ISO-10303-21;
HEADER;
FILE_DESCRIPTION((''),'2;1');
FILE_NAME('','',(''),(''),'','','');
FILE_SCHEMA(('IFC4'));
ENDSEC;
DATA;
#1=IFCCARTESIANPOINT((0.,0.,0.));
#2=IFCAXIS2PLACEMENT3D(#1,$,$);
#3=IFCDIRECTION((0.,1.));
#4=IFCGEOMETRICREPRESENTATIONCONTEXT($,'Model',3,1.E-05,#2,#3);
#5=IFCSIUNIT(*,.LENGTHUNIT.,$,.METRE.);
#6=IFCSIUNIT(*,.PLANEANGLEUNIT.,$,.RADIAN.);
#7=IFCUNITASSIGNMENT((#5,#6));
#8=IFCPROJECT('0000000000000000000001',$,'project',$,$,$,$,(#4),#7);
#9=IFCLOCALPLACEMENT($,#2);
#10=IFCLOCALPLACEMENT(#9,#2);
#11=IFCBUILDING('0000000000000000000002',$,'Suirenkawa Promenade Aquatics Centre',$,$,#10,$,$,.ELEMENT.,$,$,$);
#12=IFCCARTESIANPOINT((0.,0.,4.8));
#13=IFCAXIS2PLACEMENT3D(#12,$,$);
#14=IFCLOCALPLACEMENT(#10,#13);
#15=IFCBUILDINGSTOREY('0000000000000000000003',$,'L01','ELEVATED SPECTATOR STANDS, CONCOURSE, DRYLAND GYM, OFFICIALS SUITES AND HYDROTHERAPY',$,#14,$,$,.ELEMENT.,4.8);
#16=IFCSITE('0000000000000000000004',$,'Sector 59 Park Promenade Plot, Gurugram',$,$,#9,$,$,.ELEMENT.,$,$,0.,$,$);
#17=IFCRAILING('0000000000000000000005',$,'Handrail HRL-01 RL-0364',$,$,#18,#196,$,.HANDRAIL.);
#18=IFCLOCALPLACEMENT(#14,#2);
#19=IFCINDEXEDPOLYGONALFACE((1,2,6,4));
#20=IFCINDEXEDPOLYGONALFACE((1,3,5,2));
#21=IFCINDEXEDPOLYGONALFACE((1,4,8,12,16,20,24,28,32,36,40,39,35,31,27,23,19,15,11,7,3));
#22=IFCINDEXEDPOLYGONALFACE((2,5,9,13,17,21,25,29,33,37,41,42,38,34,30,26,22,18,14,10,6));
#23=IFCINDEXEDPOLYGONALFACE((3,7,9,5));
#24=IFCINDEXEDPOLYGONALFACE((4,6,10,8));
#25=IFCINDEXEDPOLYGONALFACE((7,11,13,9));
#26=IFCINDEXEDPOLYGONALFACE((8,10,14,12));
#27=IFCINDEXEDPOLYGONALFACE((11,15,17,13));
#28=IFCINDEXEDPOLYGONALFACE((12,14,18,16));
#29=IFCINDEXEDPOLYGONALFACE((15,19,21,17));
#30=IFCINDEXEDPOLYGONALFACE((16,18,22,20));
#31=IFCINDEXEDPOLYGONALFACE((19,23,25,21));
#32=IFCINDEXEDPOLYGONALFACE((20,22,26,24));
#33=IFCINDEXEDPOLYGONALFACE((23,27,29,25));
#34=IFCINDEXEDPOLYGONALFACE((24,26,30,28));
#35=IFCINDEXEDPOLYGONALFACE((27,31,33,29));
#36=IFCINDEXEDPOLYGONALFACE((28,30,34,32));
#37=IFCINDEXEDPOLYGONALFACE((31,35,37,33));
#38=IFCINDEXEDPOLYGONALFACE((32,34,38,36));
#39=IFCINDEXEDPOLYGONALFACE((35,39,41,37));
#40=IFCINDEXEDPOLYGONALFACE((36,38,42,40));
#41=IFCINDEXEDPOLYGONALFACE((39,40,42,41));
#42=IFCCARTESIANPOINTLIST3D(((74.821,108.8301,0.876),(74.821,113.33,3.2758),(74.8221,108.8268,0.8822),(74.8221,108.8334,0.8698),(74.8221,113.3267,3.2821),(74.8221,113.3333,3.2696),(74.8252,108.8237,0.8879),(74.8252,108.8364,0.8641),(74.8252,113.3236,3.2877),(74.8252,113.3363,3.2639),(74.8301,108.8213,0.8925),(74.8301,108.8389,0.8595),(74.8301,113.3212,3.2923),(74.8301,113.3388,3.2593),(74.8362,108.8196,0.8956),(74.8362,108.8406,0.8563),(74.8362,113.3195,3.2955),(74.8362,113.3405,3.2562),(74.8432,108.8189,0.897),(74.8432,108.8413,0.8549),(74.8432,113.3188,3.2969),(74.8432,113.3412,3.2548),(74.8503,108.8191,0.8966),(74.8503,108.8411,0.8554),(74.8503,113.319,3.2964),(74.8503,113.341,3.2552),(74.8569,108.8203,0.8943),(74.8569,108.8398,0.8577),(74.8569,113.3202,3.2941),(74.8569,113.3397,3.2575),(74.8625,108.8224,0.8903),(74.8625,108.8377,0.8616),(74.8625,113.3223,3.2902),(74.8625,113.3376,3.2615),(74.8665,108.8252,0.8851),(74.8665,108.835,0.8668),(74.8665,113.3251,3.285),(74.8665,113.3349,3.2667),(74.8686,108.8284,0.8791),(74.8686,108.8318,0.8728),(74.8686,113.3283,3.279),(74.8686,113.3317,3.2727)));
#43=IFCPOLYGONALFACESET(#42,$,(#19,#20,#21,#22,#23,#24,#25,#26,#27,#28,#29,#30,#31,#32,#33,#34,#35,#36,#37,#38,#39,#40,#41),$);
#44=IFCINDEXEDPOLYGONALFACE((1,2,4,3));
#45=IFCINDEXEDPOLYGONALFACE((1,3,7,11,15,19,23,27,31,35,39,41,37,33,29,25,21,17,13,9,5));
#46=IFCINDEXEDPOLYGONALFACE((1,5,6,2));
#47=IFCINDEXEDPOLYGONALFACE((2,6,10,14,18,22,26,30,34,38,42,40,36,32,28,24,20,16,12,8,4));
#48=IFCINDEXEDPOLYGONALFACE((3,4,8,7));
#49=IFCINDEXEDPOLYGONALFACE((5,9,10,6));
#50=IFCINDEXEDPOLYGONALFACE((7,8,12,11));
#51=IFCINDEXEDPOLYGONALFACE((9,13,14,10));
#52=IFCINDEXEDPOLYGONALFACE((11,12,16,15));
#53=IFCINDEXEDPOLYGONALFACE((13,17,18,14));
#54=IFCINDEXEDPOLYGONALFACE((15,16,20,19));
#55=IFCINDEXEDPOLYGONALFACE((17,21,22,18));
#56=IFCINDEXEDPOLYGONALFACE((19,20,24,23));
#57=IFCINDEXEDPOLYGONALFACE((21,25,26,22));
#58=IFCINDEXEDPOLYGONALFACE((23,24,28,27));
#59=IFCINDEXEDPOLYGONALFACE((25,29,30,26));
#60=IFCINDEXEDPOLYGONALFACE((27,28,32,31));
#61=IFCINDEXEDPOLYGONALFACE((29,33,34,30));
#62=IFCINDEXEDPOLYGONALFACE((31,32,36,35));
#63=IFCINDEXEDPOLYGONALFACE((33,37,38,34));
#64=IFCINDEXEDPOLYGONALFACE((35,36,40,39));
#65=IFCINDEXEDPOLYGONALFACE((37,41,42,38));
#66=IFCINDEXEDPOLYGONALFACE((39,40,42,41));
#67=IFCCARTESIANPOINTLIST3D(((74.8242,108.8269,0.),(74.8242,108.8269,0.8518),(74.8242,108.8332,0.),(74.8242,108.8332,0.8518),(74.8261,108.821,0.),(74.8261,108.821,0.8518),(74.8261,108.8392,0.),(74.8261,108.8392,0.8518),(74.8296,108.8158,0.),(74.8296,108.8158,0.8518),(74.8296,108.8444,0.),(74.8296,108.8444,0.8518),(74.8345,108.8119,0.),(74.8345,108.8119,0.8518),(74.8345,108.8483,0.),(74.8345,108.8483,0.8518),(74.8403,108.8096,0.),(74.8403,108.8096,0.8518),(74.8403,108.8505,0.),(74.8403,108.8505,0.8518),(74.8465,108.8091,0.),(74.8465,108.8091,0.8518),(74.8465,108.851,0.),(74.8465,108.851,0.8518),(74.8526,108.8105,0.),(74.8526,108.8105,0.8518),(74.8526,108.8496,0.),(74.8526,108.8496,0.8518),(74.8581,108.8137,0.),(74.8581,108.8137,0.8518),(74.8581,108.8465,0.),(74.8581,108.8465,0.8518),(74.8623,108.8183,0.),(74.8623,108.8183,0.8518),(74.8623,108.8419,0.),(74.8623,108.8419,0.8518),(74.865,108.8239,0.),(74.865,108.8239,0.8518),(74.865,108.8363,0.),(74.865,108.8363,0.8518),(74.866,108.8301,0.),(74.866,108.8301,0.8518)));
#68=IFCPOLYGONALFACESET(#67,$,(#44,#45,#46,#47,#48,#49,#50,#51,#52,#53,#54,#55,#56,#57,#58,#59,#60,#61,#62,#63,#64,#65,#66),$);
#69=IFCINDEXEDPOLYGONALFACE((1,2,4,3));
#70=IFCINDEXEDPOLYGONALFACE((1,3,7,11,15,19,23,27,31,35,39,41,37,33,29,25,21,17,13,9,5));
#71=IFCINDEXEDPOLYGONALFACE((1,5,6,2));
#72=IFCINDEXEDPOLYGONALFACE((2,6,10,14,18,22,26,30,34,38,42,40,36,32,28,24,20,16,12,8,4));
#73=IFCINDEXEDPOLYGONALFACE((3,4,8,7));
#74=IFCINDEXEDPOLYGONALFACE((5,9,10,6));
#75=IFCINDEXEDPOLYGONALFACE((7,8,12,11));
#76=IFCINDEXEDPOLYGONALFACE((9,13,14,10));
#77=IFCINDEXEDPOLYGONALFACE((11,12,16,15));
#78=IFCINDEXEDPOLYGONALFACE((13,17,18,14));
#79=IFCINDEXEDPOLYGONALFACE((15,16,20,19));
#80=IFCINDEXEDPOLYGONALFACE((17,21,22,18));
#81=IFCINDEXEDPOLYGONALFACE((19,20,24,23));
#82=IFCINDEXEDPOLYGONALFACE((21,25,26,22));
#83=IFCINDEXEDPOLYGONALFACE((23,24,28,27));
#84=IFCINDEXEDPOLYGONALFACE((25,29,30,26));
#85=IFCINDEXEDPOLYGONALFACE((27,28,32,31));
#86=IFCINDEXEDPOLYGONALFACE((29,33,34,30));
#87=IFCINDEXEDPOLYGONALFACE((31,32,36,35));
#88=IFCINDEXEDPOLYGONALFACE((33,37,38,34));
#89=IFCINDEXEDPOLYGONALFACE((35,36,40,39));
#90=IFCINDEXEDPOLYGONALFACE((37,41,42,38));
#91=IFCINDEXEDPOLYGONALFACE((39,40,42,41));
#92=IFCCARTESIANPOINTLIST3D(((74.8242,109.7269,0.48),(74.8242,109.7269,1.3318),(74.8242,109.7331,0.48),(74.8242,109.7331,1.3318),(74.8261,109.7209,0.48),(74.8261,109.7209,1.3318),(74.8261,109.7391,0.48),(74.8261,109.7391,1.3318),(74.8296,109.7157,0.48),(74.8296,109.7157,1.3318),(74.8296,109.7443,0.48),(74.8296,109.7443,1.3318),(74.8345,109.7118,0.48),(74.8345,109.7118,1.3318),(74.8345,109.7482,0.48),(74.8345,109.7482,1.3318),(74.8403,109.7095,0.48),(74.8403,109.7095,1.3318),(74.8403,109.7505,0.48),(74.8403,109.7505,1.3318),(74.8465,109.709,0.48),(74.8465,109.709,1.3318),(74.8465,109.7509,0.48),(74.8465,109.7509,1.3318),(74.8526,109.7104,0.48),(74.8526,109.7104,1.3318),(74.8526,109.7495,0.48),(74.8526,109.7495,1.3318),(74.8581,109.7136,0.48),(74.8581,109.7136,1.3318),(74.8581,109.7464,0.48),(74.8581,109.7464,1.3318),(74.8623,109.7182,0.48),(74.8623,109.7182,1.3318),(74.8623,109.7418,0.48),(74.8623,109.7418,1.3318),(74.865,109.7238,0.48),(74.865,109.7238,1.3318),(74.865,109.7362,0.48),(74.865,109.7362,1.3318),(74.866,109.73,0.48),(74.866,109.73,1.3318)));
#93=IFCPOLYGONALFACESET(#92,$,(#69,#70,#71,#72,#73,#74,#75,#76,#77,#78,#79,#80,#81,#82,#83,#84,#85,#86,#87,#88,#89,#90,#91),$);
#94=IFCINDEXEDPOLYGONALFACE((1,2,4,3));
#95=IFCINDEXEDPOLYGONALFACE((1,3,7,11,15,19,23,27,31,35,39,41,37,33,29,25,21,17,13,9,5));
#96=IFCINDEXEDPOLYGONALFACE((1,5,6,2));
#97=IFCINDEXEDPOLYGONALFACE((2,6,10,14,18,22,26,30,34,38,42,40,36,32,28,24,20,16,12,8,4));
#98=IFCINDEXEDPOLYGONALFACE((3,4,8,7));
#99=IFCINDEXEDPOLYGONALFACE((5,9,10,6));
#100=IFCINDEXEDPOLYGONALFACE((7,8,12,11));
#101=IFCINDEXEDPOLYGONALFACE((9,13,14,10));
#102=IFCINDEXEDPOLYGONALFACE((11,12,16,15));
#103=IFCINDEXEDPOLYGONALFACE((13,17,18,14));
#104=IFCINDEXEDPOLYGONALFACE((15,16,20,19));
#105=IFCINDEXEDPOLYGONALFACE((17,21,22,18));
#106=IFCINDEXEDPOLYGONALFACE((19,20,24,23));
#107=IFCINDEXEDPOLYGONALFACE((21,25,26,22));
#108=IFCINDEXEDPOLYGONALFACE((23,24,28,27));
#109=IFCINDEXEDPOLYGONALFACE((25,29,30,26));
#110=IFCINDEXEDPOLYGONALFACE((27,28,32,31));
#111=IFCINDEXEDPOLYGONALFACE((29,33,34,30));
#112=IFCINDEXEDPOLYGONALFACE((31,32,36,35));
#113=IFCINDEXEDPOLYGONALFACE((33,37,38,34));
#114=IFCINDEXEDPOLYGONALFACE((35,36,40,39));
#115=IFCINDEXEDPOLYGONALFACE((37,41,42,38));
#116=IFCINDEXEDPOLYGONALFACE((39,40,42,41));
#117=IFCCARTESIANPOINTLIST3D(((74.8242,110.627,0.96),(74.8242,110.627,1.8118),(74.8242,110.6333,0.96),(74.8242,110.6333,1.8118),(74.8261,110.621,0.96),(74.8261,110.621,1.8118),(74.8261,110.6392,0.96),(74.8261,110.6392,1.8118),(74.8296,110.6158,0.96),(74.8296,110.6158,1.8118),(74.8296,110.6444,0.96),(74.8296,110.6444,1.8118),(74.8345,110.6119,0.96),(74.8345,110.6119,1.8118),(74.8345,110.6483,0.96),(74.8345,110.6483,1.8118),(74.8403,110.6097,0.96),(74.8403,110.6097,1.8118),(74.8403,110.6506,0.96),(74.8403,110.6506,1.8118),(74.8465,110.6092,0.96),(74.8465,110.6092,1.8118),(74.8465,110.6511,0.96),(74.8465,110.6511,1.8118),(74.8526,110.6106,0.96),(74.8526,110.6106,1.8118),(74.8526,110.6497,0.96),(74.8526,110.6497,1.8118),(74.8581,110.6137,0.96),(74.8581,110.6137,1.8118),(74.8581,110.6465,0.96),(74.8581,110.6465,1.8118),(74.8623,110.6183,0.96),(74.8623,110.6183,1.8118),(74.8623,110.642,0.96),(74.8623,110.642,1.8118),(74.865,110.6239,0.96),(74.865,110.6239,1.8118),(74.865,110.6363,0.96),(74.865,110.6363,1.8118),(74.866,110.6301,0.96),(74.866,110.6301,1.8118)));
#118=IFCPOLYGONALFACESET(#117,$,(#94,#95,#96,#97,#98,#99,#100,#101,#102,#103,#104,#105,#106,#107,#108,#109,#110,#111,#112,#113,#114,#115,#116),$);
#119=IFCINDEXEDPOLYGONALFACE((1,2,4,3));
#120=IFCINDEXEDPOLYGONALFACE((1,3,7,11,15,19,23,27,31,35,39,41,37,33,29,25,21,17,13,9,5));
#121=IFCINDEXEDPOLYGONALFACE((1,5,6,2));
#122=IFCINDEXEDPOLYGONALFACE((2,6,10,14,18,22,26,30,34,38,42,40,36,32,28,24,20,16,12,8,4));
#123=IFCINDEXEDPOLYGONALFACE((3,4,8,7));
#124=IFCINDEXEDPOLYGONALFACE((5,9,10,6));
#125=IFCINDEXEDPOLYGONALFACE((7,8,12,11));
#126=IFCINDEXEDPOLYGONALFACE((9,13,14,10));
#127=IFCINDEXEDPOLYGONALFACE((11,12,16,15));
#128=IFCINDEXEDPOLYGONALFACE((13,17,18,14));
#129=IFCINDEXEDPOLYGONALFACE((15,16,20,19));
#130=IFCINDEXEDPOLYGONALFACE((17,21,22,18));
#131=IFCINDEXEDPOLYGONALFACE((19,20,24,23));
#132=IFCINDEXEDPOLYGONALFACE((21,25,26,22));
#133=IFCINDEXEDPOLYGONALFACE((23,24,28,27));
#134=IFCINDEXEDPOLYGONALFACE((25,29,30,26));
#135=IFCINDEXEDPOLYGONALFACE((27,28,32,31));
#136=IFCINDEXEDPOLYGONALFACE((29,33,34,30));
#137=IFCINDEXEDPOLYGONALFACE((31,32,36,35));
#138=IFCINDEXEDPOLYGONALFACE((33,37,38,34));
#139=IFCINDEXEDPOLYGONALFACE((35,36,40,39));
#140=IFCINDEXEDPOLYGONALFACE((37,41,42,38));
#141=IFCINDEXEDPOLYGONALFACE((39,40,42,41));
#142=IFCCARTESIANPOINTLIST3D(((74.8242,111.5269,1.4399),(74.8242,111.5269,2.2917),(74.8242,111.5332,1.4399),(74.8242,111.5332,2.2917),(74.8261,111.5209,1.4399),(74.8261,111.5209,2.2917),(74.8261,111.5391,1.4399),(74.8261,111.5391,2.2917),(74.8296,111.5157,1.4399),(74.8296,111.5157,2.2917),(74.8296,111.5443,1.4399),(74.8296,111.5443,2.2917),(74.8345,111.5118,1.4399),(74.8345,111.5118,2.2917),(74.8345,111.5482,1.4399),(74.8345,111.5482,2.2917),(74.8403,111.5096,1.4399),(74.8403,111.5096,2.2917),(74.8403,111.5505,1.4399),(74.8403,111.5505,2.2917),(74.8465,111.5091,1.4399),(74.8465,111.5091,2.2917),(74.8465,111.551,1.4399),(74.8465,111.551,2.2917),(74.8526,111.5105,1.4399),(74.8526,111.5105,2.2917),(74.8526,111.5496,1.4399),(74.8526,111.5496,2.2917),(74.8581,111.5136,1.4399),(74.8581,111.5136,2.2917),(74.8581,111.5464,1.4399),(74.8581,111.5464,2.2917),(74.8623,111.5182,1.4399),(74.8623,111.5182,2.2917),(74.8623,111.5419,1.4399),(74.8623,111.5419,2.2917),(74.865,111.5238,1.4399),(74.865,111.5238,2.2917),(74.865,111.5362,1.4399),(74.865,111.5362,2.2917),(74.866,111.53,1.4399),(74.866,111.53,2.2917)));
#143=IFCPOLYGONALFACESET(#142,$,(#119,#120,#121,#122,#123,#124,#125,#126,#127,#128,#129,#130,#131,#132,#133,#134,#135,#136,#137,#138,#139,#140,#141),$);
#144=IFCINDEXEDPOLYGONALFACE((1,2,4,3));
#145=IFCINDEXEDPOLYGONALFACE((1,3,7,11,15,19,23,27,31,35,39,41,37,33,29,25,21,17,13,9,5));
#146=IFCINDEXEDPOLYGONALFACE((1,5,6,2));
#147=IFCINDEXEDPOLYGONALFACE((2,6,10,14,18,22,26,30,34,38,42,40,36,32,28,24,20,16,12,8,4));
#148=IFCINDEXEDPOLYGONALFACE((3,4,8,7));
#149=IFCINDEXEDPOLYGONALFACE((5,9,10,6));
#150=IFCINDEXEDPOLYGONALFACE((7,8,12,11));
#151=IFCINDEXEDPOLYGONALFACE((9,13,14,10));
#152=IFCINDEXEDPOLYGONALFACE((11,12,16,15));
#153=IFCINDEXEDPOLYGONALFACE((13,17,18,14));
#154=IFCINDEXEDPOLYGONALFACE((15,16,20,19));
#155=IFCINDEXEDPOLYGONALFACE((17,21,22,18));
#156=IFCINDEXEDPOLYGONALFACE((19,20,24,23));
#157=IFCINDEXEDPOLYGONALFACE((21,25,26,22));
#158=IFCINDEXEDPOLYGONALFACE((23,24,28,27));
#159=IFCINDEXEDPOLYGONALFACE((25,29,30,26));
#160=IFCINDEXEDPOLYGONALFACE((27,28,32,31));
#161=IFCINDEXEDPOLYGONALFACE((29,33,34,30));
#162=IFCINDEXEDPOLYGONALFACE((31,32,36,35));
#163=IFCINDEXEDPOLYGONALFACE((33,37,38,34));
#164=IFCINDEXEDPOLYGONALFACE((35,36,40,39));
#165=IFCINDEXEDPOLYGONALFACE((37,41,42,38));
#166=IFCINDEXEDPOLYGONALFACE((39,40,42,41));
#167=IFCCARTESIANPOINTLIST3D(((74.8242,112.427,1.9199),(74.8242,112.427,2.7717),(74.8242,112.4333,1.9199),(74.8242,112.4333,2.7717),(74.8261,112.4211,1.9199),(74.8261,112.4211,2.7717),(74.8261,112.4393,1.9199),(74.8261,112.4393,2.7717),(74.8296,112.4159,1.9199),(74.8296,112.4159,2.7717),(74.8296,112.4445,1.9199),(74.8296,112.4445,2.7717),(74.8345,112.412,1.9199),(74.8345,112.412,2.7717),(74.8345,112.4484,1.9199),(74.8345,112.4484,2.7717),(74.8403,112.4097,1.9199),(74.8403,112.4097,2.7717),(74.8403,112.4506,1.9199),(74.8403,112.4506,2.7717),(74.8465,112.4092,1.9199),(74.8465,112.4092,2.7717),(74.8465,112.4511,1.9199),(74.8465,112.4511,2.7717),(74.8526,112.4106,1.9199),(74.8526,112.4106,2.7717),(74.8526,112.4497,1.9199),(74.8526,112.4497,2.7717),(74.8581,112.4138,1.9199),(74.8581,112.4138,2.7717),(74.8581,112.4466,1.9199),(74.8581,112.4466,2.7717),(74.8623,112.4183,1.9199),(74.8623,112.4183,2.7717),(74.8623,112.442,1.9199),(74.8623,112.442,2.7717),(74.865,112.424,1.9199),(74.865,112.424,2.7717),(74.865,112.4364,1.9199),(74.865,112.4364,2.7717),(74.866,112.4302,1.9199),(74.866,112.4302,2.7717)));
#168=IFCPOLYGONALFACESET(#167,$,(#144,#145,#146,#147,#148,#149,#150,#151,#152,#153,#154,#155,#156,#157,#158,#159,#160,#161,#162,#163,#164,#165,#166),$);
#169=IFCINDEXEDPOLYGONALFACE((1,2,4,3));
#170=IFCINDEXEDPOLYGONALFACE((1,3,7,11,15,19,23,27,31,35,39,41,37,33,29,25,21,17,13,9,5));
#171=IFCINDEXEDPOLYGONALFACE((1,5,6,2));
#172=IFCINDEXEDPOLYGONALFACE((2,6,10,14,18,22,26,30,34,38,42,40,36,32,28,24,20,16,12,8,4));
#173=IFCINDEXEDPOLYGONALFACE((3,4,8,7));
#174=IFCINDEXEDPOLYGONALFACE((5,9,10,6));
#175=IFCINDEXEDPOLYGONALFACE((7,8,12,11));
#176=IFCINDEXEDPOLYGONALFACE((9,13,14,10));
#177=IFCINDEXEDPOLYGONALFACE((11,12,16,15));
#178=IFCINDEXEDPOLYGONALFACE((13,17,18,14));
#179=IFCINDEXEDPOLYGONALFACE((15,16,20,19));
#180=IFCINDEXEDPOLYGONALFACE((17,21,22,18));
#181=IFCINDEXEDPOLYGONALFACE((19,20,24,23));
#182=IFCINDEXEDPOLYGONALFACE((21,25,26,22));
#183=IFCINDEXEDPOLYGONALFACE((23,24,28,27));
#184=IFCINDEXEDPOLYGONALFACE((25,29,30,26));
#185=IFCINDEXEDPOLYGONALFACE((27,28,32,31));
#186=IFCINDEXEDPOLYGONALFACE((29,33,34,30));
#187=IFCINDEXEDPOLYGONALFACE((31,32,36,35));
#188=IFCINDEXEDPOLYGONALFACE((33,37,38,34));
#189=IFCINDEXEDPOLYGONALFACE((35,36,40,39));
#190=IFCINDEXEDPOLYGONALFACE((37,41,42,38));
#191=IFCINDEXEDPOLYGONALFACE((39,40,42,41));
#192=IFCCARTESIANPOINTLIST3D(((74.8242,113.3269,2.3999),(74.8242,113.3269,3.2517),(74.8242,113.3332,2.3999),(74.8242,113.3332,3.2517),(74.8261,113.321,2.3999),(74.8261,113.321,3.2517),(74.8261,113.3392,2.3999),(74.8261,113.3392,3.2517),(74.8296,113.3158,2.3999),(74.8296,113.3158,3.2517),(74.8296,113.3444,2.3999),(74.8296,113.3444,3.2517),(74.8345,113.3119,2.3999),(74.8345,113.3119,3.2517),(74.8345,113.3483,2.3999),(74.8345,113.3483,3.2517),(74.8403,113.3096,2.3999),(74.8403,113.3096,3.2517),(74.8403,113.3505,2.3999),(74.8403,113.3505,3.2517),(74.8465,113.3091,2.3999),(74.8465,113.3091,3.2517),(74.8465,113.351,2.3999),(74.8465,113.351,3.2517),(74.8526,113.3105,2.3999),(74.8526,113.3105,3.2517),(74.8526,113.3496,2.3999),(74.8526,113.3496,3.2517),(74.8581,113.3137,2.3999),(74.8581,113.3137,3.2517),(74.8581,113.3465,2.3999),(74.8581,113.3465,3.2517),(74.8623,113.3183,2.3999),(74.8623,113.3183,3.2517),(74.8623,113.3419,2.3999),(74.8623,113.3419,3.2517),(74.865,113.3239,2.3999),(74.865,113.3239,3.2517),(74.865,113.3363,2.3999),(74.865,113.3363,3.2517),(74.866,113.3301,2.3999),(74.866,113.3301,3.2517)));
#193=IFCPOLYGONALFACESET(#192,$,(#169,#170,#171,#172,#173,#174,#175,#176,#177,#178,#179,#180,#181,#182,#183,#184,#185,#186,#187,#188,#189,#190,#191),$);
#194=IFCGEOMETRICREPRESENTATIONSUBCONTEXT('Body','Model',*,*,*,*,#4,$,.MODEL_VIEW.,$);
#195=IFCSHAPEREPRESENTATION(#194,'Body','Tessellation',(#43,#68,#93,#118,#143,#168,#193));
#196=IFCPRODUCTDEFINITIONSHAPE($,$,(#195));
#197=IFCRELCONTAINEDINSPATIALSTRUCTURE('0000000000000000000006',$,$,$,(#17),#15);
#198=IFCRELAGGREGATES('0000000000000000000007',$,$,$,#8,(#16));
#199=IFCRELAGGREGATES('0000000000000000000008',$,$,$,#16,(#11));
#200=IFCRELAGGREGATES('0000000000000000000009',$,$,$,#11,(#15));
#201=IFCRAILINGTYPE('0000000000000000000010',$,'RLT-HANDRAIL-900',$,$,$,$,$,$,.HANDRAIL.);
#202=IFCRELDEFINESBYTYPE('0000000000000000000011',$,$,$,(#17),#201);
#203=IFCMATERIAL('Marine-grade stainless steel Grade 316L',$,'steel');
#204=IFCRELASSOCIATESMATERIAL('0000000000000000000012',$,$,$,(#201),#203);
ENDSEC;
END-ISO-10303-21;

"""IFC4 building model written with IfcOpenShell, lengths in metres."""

from ifc_helpers import new_model, si_unit, direction, frame, origin, origin_2d, place, context, subcontext, project, spatial, circle, extrude, material, type_object, element, save


model = new_model("IFC4")

# Units and contexts
model_context = context("Model", 3, precision=1e-05, world=origin(), true_north=direction((0.0, 1.0)))
body_context = subcontext(model_context, "Body", "Model", "MODEL_VIEW")
ifc_project = project(units=[si_unit("LENGTHUNIT", "METRE"), si_unit("PLANEANGLEUNIT", "RADIAN")], contexts=[model_context])

# Site, building, storey
site_placement = place(None, origin())
site = spatial("IfcSite", under=ifc_project, at=site_placement, Name="Sector 59 Park Promenade Plot, Gurugram", CompositionType="ELEMENT", RefElevation=0.0)
building_placement = place(site_placement, origin())
building = spatial("IfcBuilding", under=site, at=building_placement, Name="Suirenkawa Promenade Aquatics Centre", CompositionType="ELEMENT")
storey_placement = place(building_placement, frame((0.0, 0.0, 4.8)))
storey = spatial("IfcBuildingStorey", under=building, at=storey_placement, Name="L01", Description="ELEVATED SPECTATOR STANDS, CONCOURSE, DRYLAND GYM, OFFICIALS SUITES AND HYDROTHERAPY", CompositionType="ELEMENT", Elevation=4.8)

# Railing
ifc_material_1 = material(Name="Marine-grade stainless steel Grade 316L", Category="steel")
railing_type_1 = type_object("IfcRailingType", Name="RLT-HANDRAIL-900", PredefinedType="HANDRAIL", material=ifc_material_1)
railing_1_placement = place(storey_placement, frame((74.845, 108.8301, 0.0)))
element("IfcRailing", 1, at=railing_1_placement, inside=storey, type_object=railing_type_1, Name="Handrail HRL-01 RL-0364", PredefinedType="HANDRAIL", context=body_context, shape_type="SweptSolid", body=[
    extrude(circle(Radius=0.0239, at=origin_2d()), frame((0.0, 0.0, 0.876), z_axis=(0.0, 0.882361, 0.470573), x_axis=(-1.0, 0.0, 0.0)), (0.0, 0.0, 1.0), 5.0999),
    extrude(circle(Radius=0.021, at=origin_2d()), origin(), (0.0, 0.0, 1.0), 0.8518),
    extrude(circle(Radius=0.021, at=origin_2d()), frame((0.0, 0.8999, 0.48)), (0.0, 0.0, 1.0), 0.8518),
    extrude(circle(Radius=0.021, at=origin_2d()), frame((0.0, 1.8, 0.96)), (0.0, 0.0, 1.0), 0.8518),
    extrude(circle(Radius=0.021, at=origin_2d()), frame((0.0, 2.7, 1.4399)), (0.0, 0.0, 1.0), 0.8518),
    extrude(circle(Radius=0.021, at=origin_2d()), frame((0.0, 3.6001, 1.9199)), (0.0, 0.0, 1.0), 0.8518),
    extrude(circle(Radius=0.021, at=origin_2d()), frame((0.0, 4.5, 2.3999)), (0.0, 0.0, 1.0), 0.8518),
])

save(model, "model.ifc")
